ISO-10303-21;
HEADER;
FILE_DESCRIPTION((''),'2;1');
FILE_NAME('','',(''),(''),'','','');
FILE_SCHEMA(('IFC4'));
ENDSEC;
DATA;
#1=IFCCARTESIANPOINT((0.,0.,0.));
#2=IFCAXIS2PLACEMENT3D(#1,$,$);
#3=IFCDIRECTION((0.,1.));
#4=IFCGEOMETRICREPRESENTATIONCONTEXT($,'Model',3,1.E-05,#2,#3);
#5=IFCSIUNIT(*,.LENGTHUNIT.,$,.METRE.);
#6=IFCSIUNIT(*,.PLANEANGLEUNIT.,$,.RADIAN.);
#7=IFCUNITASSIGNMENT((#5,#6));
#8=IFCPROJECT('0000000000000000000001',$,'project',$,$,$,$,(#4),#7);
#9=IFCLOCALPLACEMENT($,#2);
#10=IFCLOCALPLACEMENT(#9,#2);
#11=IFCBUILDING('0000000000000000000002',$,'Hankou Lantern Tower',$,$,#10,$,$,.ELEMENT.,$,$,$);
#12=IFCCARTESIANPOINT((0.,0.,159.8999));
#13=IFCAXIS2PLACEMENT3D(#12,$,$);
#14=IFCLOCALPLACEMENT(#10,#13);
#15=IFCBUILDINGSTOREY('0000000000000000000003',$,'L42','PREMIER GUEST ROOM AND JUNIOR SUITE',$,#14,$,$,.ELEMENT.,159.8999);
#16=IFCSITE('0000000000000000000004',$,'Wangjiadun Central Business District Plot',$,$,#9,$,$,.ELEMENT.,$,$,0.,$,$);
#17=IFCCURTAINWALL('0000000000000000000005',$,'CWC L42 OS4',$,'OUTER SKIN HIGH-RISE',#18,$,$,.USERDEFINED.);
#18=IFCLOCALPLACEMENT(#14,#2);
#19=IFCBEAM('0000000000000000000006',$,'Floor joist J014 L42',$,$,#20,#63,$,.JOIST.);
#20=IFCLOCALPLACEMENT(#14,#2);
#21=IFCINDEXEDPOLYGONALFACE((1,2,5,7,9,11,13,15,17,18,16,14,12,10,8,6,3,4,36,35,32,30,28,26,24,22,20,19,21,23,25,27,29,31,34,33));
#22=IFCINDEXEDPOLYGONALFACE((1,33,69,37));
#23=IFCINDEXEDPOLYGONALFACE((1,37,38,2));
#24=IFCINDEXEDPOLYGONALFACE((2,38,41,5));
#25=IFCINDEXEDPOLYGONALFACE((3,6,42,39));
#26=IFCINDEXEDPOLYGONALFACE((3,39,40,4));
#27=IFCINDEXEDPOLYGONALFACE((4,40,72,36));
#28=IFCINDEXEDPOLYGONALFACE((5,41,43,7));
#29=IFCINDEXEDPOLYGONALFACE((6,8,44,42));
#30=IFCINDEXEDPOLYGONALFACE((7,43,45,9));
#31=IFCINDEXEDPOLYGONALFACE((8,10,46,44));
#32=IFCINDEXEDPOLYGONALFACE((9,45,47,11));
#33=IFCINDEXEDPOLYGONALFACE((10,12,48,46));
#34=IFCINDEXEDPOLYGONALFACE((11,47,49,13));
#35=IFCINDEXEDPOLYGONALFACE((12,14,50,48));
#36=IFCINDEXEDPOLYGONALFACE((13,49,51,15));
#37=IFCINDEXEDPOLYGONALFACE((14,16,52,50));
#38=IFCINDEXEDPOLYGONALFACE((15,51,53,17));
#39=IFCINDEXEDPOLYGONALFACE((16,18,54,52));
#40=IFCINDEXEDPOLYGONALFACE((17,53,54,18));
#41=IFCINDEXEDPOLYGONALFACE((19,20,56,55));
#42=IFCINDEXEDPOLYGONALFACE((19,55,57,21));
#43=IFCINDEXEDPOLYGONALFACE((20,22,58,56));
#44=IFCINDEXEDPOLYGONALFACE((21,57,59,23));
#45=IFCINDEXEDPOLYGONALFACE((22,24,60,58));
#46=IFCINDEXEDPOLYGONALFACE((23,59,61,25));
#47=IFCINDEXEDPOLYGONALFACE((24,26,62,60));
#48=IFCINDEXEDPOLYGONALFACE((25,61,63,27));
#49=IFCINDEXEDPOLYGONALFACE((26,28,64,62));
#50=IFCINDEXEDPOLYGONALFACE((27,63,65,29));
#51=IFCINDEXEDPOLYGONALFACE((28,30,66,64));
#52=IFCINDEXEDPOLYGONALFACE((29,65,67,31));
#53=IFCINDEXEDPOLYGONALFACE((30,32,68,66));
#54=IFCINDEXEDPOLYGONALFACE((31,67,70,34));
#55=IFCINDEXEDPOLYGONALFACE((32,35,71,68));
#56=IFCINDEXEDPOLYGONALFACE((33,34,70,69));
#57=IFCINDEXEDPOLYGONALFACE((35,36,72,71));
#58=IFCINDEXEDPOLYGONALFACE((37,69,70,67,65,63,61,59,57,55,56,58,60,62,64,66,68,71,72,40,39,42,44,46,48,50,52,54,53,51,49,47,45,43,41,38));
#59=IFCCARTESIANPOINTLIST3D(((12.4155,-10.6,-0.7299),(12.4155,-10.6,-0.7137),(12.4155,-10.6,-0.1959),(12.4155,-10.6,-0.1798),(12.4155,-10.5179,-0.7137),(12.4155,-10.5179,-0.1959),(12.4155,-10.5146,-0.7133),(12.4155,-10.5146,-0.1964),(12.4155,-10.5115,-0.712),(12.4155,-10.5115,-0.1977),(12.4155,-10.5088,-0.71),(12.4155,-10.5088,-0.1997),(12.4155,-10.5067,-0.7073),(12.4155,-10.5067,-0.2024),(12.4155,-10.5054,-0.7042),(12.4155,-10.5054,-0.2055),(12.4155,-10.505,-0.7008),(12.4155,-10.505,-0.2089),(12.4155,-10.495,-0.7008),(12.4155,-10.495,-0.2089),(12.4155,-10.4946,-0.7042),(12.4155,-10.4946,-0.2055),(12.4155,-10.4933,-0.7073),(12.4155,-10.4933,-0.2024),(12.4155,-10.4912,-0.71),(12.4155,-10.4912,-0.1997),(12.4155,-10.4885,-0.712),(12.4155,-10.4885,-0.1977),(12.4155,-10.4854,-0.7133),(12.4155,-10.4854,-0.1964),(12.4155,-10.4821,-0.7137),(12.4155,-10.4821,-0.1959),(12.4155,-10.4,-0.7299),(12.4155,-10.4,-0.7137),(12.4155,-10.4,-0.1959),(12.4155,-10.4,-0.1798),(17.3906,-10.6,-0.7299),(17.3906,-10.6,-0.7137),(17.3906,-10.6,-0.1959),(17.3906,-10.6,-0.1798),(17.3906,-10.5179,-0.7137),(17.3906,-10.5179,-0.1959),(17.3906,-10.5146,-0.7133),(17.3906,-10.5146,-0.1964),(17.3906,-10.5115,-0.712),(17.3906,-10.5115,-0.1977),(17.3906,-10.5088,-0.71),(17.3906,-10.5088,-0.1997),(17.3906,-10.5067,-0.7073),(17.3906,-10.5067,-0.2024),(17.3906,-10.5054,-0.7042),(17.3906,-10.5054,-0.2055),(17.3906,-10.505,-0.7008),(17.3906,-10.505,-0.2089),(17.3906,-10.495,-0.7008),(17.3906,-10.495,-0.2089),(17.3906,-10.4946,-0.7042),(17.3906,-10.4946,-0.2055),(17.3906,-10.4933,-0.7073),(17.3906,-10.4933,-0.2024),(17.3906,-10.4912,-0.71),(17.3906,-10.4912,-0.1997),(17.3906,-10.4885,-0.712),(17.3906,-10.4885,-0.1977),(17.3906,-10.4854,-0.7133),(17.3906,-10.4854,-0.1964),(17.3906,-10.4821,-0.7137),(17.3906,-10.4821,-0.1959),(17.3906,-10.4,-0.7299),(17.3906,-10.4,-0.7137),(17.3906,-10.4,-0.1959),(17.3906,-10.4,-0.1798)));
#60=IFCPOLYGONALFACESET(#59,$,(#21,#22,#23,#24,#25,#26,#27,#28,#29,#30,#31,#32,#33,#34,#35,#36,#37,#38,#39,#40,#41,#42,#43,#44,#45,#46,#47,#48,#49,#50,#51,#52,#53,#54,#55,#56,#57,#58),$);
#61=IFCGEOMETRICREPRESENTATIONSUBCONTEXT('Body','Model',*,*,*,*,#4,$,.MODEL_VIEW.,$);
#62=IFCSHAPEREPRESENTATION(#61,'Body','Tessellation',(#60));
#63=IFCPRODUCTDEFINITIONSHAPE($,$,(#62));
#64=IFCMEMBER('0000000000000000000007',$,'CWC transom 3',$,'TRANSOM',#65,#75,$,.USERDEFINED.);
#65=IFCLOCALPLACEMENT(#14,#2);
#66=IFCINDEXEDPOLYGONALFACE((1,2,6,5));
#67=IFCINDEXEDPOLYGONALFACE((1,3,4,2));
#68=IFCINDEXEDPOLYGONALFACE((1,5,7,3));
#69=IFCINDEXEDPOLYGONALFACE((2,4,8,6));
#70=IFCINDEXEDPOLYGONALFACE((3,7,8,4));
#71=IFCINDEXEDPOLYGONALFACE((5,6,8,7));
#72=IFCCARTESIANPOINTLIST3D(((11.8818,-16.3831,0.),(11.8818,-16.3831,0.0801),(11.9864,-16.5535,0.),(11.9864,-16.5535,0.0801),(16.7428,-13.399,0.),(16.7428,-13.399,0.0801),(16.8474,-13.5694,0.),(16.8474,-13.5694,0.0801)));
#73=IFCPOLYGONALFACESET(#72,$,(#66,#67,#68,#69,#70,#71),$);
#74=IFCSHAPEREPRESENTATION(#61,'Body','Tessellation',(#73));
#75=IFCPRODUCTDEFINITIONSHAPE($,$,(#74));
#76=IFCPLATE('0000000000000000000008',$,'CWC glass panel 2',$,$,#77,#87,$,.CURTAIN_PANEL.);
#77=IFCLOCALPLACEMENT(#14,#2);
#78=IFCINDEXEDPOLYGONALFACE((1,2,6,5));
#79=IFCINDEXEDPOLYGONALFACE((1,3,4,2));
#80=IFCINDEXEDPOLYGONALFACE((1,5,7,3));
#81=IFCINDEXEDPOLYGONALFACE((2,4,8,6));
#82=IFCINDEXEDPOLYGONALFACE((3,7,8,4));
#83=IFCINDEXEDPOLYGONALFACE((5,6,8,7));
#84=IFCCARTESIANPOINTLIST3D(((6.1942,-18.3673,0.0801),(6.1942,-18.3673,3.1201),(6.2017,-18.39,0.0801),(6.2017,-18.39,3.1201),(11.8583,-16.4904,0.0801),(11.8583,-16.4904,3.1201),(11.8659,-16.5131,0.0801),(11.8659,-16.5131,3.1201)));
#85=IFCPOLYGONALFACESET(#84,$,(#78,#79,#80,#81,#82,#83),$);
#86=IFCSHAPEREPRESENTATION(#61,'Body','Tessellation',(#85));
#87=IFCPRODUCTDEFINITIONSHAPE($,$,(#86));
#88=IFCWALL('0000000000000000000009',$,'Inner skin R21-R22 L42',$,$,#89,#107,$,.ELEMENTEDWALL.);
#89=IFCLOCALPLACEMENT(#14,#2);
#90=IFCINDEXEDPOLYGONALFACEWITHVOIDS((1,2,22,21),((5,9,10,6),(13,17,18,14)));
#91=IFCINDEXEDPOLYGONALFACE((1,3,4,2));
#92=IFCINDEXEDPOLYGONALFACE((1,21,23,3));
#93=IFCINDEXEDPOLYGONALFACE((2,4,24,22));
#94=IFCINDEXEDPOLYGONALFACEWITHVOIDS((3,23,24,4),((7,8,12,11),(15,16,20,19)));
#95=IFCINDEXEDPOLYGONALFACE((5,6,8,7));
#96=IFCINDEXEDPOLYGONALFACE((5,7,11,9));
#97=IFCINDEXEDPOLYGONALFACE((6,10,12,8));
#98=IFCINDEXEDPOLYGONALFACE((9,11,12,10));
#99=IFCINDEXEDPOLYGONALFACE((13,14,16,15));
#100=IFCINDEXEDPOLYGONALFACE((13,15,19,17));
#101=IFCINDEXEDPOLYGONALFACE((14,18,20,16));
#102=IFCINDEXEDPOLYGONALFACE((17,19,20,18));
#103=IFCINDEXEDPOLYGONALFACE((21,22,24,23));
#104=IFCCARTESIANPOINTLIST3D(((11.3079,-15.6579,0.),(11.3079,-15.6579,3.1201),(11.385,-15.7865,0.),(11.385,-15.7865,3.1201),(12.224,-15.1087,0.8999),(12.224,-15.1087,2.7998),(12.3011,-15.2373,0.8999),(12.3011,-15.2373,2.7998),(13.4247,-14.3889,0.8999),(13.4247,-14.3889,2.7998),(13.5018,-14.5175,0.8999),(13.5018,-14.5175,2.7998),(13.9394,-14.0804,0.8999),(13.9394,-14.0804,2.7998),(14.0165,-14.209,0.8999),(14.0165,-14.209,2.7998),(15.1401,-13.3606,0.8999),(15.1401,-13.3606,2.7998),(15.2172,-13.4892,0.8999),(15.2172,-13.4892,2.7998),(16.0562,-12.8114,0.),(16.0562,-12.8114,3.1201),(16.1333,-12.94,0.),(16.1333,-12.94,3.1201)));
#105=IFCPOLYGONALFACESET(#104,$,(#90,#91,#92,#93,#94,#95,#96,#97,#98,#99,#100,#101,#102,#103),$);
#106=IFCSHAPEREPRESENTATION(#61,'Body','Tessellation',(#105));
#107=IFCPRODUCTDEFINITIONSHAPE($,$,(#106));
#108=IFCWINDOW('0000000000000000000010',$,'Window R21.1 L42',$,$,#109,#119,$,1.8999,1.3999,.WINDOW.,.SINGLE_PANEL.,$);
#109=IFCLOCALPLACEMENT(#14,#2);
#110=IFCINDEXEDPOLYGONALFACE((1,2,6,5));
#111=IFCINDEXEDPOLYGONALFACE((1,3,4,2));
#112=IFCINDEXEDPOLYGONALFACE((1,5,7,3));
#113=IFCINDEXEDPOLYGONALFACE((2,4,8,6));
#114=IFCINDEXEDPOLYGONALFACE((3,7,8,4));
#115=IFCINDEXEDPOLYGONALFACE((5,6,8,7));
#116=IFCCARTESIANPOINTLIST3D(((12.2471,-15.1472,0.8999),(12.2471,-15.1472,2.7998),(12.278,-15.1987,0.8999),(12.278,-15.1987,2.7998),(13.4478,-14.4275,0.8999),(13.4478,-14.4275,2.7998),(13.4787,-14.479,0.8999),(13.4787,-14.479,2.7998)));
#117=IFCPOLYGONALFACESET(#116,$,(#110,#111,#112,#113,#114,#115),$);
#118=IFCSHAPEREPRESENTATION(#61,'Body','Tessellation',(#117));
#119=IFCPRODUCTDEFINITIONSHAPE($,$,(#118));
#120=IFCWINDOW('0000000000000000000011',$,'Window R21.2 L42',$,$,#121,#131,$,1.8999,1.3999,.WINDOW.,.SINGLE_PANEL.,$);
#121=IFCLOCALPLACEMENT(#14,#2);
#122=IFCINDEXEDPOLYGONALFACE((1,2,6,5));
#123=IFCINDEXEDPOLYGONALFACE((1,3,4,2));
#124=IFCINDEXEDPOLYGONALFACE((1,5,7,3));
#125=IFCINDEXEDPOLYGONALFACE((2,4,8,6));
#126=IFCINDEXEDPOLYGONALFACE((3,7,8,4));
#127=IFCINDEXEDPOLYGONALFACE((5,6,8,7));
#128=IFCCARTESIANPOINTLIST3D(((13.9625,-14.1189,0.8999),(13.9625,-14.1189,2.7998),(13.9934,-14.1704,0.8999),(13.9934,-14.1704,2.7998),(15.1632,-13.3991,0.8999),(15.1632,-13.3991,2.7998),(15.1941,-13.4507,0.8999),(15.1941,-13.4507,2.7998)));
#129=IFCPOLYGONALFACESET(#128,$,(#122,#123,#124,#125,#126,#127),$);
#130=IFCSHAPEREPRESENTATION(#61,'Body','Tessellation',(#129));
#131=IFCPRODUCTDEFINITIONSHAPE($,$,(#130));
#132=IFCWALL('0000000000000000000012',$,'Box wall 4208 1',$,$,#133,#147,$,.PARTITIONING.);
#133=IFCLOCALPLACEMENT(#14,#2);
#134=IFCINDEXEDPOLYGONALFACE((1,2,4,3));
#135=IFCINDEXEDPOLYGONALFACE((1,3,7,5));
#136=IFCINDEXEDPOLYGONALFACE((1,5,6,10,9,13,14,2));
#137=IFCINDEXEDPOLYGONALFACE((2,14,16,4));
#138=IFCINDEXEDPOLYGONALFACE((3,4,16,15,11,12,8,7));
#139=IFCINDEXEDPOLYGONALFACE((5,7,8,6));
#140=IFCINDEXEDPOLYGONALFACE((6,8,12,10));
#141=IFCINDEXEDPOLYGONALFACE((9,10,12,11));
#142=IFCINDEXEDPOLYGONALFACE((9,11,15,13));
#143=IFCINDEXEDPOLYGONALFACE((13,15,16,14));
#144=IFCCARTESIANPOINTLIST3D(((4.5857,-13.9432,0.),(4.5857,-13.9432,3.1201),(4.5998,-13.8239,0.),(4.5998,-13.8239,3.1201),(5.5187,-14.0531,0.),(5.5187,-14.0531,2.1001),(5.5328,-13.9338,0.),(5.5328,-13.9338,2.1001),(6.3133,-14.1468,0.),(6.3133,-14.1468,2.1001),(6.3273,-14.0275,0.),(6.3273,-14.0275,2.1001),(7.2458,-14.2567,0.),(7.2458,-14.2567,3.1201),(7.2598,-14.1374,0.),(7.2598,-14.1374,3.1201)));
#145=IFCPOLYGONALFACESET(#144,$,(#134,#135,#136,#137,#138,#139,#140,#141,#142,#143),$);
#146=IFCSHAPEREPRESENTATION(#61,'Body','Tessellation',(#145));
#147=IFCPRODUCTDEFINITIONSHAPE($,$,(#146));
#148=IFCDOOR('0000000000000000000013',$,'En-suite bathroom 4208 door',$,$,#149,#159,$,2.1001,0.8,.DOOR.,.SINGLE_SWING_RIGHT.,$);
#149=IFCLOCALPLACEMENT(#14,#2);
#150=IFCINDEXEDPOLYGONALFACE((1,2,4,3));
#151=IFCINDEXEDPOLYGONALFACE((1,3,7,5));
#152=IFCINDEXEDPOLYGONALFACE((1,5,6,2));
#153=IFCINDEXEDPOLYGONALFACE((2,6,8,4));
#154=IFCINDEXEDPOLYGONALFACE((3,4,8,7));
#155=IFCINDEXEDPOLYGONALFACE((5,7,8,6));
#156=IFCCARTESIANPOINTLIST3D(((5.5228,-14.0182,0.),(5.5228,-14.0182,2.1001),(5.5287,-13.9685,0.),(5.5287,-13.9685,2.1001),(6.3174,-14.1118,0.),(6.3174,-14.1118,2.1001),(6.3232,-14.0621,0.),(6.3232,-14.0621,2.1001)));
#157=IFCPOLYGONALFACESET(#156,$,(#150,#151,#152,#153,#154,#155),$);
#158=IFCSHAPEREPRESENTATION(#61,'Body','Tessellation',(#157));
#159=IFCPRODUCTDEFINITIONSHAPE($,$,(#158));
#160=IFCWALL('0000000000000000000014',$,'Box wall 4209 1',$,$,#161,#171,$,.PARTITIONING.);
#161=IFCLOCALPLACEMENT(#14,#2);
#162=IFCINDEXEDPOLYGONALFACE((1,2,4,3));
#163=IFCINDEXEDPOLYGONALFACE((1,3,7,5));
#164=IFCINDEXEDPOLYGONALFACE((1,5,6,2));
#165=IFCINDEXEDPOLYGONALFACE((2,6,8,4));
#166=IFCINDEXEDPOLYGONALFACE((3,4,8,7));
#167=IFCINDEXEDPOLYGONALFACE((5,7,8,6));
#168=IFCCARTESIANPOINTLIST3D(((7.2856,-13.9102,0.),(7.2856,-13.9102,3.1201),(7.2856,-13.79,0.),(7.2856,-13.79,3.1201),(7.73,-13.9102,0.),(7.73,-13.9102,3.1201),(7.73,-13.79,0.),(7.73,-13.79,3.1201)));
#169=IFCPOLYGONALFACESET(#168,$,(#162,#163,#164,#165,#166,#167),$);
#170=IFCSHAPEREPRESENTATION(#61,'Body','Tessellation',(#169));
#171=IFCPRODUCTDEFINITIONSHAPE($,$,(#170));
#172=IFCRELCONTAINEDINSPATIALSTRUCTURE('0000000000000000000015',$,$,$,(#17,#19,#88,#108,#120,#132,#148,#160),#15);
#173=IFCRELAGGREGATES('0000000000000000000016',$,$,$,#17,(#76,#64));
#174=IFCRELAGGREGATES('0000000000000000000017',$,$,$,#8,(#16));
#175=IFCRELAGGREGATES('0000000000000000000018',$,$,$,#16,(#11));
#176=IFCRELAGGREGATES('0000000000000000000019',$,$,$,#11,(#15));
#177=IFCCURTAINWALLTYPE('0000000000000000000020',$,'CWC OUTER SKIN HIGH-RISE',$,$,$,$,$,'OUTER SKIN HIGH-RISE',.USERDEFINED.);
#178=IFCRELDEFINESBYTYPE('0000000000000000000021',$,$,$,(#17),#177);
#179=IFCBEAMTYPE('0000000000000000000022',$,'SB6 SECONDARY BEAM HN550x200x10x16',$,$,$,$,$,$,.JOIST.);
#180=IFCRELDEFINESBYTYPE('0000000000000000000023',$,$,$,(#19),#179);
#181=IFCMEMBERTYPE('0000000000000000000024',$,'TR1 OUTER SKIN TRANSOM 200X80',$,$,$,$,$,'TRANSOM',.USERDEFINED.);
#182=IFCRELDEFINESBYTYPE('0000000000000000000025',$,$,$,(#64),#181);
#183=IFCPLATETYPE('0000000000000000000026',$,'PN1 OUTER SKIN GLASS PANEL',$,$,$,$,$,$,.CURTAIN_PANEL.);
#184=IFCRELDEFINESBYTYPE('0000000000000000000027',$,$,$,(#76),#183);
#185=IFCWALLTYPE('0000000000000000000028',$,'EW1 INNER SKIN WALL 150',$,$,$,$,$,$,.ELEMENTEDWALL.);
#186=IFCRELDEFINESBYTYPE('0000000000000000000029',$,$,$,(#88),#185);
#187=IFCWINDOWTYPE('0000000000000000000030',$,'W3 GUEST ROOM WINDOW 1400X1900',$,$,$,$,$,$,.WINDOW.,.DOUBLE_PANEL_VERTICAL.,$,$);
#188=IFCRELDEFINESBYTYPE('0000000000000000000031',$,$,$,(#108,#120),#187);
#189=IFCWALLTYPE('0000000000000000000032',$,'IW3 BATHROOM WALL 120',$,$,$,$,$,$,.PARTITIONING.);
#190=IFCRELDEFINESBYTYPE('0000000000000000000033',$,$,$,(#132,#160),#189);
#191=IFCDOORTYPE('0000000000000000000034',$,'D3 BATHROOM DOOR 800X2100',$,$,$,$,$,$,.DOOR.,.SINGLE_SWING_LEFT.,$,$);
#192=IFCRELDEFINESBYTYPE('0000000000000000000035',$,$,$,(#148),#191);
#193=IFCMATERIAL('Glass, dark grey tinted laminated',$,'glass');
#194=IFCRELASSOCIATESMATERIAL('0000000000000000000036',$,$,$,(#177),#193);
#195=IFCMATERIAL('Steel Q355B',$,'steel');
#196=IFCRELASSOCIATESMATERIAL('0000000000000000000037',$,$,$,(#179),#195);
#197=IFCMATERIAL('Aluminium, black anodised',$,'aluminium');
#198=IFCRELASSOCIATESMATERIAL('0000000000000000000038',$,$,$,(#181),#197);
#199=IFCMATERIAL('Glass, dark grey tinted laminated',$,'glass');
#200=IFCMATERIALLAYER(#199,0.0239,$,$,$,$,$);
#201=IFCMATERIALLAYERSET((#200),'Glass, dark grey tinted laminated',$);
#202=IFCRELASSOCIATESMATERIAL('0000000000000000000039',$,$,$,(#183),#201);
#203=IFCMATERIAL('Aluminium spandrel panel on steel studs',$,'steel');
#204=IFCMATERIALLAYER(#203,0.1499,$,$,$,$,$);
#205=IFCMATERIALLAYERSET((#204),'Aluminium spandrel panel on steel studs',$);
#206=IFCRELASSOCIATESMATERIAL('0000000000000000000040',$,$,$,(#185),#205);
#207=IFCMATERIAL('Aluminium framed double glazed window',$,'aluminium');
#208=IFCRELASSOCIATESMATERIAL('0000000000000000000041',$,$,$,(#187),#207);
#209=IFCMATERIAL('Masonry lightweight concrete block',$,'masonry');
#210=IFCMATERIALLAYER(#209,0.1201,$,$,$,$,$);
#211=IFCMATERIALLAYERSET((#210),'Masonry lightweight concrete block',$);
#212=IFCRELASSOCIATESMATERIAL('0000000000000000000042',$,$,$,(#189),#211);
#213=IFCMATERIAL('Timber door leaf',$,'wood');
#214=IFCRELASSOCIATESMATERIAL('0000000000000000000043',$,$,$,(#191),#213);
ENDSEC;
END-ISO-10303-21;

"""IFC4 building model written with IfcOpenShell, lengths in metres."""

from ifc_helpers import new_model, si_unit, direction, frame, frame_2d, origin, origin_2d, place, context, subcontext, project, spatial, rectangle, i_section, extrude, material, layer, layer_set, material_profile, profile_set, type_object, element, fill, aggregate, save


model = new_model("IFC4")

# Units and contexts
model_context = context("Model", 3, precision=1e-05, world=origin(), true_north=direction((0.0, 1.0)))
body_context = subcontext(model_context, "Body", "Model", "MODEL_VIEW")
ifc_project = project(units=[si_unit("LENGTHUNIT", "METRE"), si_unit("PLANEANGLEUNIT", "RADIAN")], contexts=[model_context])

# Site, building, storey
site_placement = place(None, origin())
site = spatial("IfcSite", under=ifc_project, at=site_placement, Name="Wangjiadun Central Business District Plot", CompositionType="ELEMENT", RefElevation=0.0)
building_placement = place(site_placement, origin())
building = spatial("IfcBuilding", under=site, at=building_placement, Name="Hankou Lantern Tower", CompositionType="ELEMENT")
storey_placement = place(building_placement, frame((0.0, 0.0, 159.8999)))
storey = spatial("IfcBuildingStorey", under=building, at=storey_placement, Name="L42", Description="PREMIER GUEST ROOM AND JUNIOR SUITE", CompositionType="ELEMENT", Elevation=159.8999)

# Curtain wall
ifc_material_1 = material(Name="Glass, dark grey tinted laminated", Category="glass")
curtain_wall_type = type_object("IfcCurtainWallType", Name="CWC OUTER SKIN HIGH-RISE", ElementType="OUTER SKIN HIGH-RISE", PredefinedType="USERDEFINED", material=ifc_material_1)
curtain_wall_placement = place(storey_placement, origin())
curtain_wall = element("IfcCurtainWall", 1, at=curtain_wall_placement, inside=storey, type_object=curtain_wall_type, Name="CWC L42 OS4", ObjectType="OUTER SKIN HIGH-RISE", PredefinedType="USERDEFINED")

# Beam
ifc_material_2 = material(Name="Steel Q355B", Category="steel")
ifc_material_profile_1 = material_profile(ifc_material_2, i_section(OverallWidth=0.2, OverallDepth=0.55, WebThickness=0.01, FlangeThickness=0.0161, FilletRadius=0.0129, at=origin_2d()), Name="HN550x200x10x16")
ifc_profile_set_1 = profile_set([ifc_material_profile_1], Name="Steel Q355B")
beam_type_1 = type_object("IfcBeamType", Name="SB6 SECONDARY BEAM HN550x200x10x16", PredefinedType="JOIST", material=ifc_profile_set_1)
beam_1_placement = place(storey_placement, frame((12.4155, -10.5, -0.4548), z_axis=(1.0, 0.0, 0.0), x_axis=(0.0, 1.0, 0.0)))
element("IfcBeam", 2, at=beam_1_placement, inside=storey, type_object=beam_type_1, Name="Floor joist J014 L42", PredefinedType="JOIST", context=body_context, shape_type="SweptSolid", body=[
    extrude(i_section(OverallWidth=0.2, OverallDepth=0.55, WebThickness=0.01, FlangeThickness=0.0161, FilletRadius=0.0129, at=origin_2d()), origin(), (0.0, 0.0, 1.0), 4.9751),
])

# Member
ifc_material_3 = material(Name="Aluminium, black anodised", Category="aluminium")
ifc_material_profile_2 = material_profile(ifc_material_3, rectangle(XDim=0.2, YDim=0.0801, at=origin_2d()), Name="TR1 200X80")
ifc_profile_set_2 = profile_set([ifc_material_profile_2], Name="Aluminium, black anodised")
member_type_1 = type_object("IfcMemberType", Name="TR1 OUTER SKIN TRANSOM 200X80", ElementType="TRANSOM", PredefinedType="USERDEFINED", material=ifc_profile_set_2)
member_1_placement = place(storey_placement, frame((11.9341, -16.4683, 0.04), z_axis=(0.852229, 0.523168, 0.0), x_axis=(-0.523168, 0.852229, 0.0)))
member_1 = element("IfcMember", 3, at=member_1_placement, type_object=member_type_1, Name="CWC transom 3", ObjectType="TRANSOM", PredefinedType="USERDEFINED", context=body_context, shape_type="SweptSolid", body=[
    extrude(rectangle(XDim=0.2, YDim=0.0801, at=origin_2d()), origin(), (0.0, 0.0, 1.0), 5.7039),
])

# Plate
ifc_material_4 = material(Name="Glass, dark grey tinted laminated", Category="glass")
ifc_layer_1 = layer(ifc_material_4, 0.0239)
ifc_layer_set_1 = layer_set([ifc_layer_1], Name="Glass, dark grey tinted laminated")
plate_type = type_object("IfcPlateType", Name="PN1 OUTER SKIN GLASS PANEL", PredefinedType="CURTAIN_PANEL", material=ifc_layer_set_1)
plate_placement = place(storey_placement, frame((9.03, -17.4402, 0.0801), z_axis=(0.0, 0.0, 1.0), x_axis=(0.949241, 0.314551, 0.0)))
plate = element("IfcPlate", 4, at=plate_placement, type_object=plate_type, Name="CWC glass panel 2", PredefinedType="CURTAIN_PANEL", context=body_context, shape_type="SweptSolid", body=[
    extrude(rectangle(XDim=5.967, YDim=0.0239, at=origin_2d()), origin(), (0.0, 0.0, 1.0), 3.04),
])
aggregate(curtain_wall, [plate, member_1])

# Wall, openings, windows
ifc_material_5 = material(Name="Aluminium spandrel panel on steel studs", Category="steel")
ifc_layer_2 = layer(ifc_material_5, 0.1499)
ifc_layer_set_2 = layer_set([ifc_layer_2], Name="Aluminium spandrel panel on steel studs")
wall_type_1 = type_object("IfcWallType", Name="EW1 INNER SKIN WALL 150", PredefinedType="ELEMENTEDWALL", material=ifc_layer_set_2)
wall_1_placement = place(storey_placement, frame((11.3464, -15.7222, 0.0), z_axis=(0.0, 0.0, 1.0), x_axis=(0.857695, 0.514158, 0.0)))
wall_1 = element("IfcWall", 5, at=wall_1_placement, inside=storey, type_object=wall_type_1, Name="Inner skin R21-R22 L42", PredefinedType="ELEMENTEDWALL", context=body_context, shape_type="SweptSolid", body=[
    extrude(rectangle(XDim=5.5361, YDim=0.1499, at=frame_2d((2.7681, 0.0))), origin(), (0.0, 0.0, 1.0), 3.1201),
])
opening_1_placement = place(wall_1_placement, frame((1.0681, 0.0, 0.8999)))
opening_1 = element("IfcOpeningElement", 6, at=opening_1_placement, cuts=wall_1, PredefinedType="OPENING", context=body_context, shape_type="SweptSolid", body=[
    extrude(rectangle(XDim=1.3999, YDim=1.8999, at=frame_2d((0.7, 0.95))), frame((0.0, 0.085, 0.0), z_axis=(0.0, -1.0, 0.0), x_axis=(1.0, 0.0, 0.0)), (0.0, 0.0, 1.0), 0.1699),
])
opening_2_placement = place(wall_1_placement, frame((3.0681, 0.0, 0.8999)))
opening_2 = element("IfcOpeningElement", 7, at=opening_2_placement, cuts=wall_1, PredefinedType="OPENING", context=body_context, shape_type="SweptSolid", body=[
    extrude(rectangle(XDim=1.3999, YDim=1.8999, at=frame_2d((0.7, 0.95))), frame((0.0, 0.085, 0.0), z_axis=(0.0, -1.0, 0.0), x_axis=(1.0, 0.0, 0.0)), (0.0, 0.0, 1.0), 0.1699),
])
ifc_material_6 = material(Name="Aluminium framed double glazed window", Category="aluminium")
window_type = type_object("IfcWindowType", Name="W3 GUEST ROOM WINDOW 1400X1900", PartitioningType="DOUBLE_PANEL_VERTICAL", PredefinedType="WINDOW", material=ifc_material_6)
window_1_placement = place(opening_1_placement, origin())
window_1 = element("IfcWindow", 8, at=window_1_placement, inside=storey, type_object=window_type, Name="Window R21.1 L42", OverallHeight=1.8999, OverallWidth=1.3999, PartitioningType="SINGLE_PANEL", PredefinedType="WINDOW", context=body_context, shape_type="SweptSolid", body=[
    extrude(rectangle(XDim=1.3999, YDim=1.8999, at=frame_2d((0.7, 0.95))), frame((0.0, 0.03, 0.0), z_axis=(0.0, -1.0, 0.0), x_axis=(1.0, 0.0, 0.0)), (0.0, 0.0, 1.0), 0.0601),
])
fill(opening_1, window_1)
window_2_placement = place(opening_2_placement, origin())
window_2 = element("IfcWindow", 9, at=window_2_placement, inside=storey, type_object=window_type, Name="Window R21.2 L42", OverallHeight=1.8999, OverallWidth=1.3999, PartitioningType="SINGLE_PANEL", PredefinedType="WINDOW", context=body_context, shape_type="SweptSolid", body=[
    extrude(rectangle(XDim=1.3999, YDim=1.8999, at=frame_2d((0.7, 0.95))), frame((0.0, 0.03, 0.0), z_axis=(0.0, -1.0, 0.0), x_axis=(1.0, 0.0, 0.0)), (0.0, 0.0, 1.0), 0.0601),
])
fill(opening_2, window_2)

# Wall, opening, door
ifc_material_7 = material(Name="Masonry lightweight concrete block", Category="masonry")
ifc_layer_3 = layer(ifc_material_7, 0.1201)
ifc_layer_set_3 = layer_set([ifc_layer_3], Name="Masonry lightweight concrete block")
wall_type_2 = type_object("IfcWallType", Name="IW3 BATHROOM WALL 120", PredefinedType="PARTITIONING", material=ifc_layer_set_3)
wall_2_placement = place(storey_placement, frame((7.2529, -14.197, 0.0), z_axis=(0.0, 0.0, 1.0), x_axis=(-0.993128, 0.117032, 0.0)))
wall_2 = element("IfcWall", 10, at=wall_2_placement, inside=storey, type_object=wall_type_2, Name="Box wall 4208 1", PredefinedType="PARTITIONING", context=body_context, shape_type="SweptSolid", body=[
    extrude(rectangle(XDim=2.6785, YDim=0.1201, at=frame_2d((1.3394, 0.0))), origin(), (0.0, 0.0, 1.0), 3.1201),
])
opening_3_placement = place(wall_2_placement, frame((0.9392, 0.0, 0.0)))
opening_3 = element("IfcOpeningElement", 11, at=opening_3_placement, cuts=wall_2, PredefinedType="OPENING", context=body_context, shape_type="SweptSolid", body=[
    extrude(rectangle(XDim=0.8, YDim=2.1001, at=frame_2d((0.3999, 1.05))), frame((0.0, 0.0701, 0.0), z_axis=(0.0, -1.0, 0.0), x_axis=(1.0, 0.0, 0.0)), (0.0, 0.0, 1.0), 0.1401),
])
ifc_material_8 = material(Name="Timber door leaf", Category="wood")
door_type = type_object("IfcDoorType", Name="D3 BATHROOM DOOR 800X2100", OperationType="SINGLE_SWING_LEFT", PredefinedType="DOOR", material=ifc_material_8)
door_1_placement = place(opening_3_placement, origin())
door_1 = element("IfcDoor", 12, at=door_1_placement, inside=storey, type_object=door_type, Name="En-suite bathroom 4208 door", OperationType="SINGLE_SWING_RIGHT", OverallHeight=2.1001, OverallWidth=0.8, PredefinedType="DOOR", context=body_context, shape_type="SweptSolid", body=[
    extrude(rectangle(XDim=0.8, YDim=2.1001, at=frame_2d((0.3999, 1.05))), frame((0.0, 0.0249, 0.0), z_axis=(0.0, -1.0, 0.0), x_axis=(1.0, 0.0, 0.0)), (0.0, 0.0, 1.0), 0.05),
])
fill(opening_3, door_1)

# Wall
wall_3_placement = place(storey_placement, frame((7.2856, -13.8501, 0.0), z_axis=(0.0, 0.0, 1.0), x_axis=(1.0, 0.0, 0.0)))
element("IfcWall", 13, at=wall_3_placement, inside=storey, type_object=wall_type_2, Name="Box wall 4209 1", PredefinedType="PARTITIONING", context=body_context, shape_type="SweptSolid", body=[
    extrude(rectangle(XDim=0.4443, YDim=0.1201, at=frame_2d((0.2222, 0.0))), origin(), (0.0, 0.0, 1.0), 3.1201),
])

save(model, "model.ifc")
